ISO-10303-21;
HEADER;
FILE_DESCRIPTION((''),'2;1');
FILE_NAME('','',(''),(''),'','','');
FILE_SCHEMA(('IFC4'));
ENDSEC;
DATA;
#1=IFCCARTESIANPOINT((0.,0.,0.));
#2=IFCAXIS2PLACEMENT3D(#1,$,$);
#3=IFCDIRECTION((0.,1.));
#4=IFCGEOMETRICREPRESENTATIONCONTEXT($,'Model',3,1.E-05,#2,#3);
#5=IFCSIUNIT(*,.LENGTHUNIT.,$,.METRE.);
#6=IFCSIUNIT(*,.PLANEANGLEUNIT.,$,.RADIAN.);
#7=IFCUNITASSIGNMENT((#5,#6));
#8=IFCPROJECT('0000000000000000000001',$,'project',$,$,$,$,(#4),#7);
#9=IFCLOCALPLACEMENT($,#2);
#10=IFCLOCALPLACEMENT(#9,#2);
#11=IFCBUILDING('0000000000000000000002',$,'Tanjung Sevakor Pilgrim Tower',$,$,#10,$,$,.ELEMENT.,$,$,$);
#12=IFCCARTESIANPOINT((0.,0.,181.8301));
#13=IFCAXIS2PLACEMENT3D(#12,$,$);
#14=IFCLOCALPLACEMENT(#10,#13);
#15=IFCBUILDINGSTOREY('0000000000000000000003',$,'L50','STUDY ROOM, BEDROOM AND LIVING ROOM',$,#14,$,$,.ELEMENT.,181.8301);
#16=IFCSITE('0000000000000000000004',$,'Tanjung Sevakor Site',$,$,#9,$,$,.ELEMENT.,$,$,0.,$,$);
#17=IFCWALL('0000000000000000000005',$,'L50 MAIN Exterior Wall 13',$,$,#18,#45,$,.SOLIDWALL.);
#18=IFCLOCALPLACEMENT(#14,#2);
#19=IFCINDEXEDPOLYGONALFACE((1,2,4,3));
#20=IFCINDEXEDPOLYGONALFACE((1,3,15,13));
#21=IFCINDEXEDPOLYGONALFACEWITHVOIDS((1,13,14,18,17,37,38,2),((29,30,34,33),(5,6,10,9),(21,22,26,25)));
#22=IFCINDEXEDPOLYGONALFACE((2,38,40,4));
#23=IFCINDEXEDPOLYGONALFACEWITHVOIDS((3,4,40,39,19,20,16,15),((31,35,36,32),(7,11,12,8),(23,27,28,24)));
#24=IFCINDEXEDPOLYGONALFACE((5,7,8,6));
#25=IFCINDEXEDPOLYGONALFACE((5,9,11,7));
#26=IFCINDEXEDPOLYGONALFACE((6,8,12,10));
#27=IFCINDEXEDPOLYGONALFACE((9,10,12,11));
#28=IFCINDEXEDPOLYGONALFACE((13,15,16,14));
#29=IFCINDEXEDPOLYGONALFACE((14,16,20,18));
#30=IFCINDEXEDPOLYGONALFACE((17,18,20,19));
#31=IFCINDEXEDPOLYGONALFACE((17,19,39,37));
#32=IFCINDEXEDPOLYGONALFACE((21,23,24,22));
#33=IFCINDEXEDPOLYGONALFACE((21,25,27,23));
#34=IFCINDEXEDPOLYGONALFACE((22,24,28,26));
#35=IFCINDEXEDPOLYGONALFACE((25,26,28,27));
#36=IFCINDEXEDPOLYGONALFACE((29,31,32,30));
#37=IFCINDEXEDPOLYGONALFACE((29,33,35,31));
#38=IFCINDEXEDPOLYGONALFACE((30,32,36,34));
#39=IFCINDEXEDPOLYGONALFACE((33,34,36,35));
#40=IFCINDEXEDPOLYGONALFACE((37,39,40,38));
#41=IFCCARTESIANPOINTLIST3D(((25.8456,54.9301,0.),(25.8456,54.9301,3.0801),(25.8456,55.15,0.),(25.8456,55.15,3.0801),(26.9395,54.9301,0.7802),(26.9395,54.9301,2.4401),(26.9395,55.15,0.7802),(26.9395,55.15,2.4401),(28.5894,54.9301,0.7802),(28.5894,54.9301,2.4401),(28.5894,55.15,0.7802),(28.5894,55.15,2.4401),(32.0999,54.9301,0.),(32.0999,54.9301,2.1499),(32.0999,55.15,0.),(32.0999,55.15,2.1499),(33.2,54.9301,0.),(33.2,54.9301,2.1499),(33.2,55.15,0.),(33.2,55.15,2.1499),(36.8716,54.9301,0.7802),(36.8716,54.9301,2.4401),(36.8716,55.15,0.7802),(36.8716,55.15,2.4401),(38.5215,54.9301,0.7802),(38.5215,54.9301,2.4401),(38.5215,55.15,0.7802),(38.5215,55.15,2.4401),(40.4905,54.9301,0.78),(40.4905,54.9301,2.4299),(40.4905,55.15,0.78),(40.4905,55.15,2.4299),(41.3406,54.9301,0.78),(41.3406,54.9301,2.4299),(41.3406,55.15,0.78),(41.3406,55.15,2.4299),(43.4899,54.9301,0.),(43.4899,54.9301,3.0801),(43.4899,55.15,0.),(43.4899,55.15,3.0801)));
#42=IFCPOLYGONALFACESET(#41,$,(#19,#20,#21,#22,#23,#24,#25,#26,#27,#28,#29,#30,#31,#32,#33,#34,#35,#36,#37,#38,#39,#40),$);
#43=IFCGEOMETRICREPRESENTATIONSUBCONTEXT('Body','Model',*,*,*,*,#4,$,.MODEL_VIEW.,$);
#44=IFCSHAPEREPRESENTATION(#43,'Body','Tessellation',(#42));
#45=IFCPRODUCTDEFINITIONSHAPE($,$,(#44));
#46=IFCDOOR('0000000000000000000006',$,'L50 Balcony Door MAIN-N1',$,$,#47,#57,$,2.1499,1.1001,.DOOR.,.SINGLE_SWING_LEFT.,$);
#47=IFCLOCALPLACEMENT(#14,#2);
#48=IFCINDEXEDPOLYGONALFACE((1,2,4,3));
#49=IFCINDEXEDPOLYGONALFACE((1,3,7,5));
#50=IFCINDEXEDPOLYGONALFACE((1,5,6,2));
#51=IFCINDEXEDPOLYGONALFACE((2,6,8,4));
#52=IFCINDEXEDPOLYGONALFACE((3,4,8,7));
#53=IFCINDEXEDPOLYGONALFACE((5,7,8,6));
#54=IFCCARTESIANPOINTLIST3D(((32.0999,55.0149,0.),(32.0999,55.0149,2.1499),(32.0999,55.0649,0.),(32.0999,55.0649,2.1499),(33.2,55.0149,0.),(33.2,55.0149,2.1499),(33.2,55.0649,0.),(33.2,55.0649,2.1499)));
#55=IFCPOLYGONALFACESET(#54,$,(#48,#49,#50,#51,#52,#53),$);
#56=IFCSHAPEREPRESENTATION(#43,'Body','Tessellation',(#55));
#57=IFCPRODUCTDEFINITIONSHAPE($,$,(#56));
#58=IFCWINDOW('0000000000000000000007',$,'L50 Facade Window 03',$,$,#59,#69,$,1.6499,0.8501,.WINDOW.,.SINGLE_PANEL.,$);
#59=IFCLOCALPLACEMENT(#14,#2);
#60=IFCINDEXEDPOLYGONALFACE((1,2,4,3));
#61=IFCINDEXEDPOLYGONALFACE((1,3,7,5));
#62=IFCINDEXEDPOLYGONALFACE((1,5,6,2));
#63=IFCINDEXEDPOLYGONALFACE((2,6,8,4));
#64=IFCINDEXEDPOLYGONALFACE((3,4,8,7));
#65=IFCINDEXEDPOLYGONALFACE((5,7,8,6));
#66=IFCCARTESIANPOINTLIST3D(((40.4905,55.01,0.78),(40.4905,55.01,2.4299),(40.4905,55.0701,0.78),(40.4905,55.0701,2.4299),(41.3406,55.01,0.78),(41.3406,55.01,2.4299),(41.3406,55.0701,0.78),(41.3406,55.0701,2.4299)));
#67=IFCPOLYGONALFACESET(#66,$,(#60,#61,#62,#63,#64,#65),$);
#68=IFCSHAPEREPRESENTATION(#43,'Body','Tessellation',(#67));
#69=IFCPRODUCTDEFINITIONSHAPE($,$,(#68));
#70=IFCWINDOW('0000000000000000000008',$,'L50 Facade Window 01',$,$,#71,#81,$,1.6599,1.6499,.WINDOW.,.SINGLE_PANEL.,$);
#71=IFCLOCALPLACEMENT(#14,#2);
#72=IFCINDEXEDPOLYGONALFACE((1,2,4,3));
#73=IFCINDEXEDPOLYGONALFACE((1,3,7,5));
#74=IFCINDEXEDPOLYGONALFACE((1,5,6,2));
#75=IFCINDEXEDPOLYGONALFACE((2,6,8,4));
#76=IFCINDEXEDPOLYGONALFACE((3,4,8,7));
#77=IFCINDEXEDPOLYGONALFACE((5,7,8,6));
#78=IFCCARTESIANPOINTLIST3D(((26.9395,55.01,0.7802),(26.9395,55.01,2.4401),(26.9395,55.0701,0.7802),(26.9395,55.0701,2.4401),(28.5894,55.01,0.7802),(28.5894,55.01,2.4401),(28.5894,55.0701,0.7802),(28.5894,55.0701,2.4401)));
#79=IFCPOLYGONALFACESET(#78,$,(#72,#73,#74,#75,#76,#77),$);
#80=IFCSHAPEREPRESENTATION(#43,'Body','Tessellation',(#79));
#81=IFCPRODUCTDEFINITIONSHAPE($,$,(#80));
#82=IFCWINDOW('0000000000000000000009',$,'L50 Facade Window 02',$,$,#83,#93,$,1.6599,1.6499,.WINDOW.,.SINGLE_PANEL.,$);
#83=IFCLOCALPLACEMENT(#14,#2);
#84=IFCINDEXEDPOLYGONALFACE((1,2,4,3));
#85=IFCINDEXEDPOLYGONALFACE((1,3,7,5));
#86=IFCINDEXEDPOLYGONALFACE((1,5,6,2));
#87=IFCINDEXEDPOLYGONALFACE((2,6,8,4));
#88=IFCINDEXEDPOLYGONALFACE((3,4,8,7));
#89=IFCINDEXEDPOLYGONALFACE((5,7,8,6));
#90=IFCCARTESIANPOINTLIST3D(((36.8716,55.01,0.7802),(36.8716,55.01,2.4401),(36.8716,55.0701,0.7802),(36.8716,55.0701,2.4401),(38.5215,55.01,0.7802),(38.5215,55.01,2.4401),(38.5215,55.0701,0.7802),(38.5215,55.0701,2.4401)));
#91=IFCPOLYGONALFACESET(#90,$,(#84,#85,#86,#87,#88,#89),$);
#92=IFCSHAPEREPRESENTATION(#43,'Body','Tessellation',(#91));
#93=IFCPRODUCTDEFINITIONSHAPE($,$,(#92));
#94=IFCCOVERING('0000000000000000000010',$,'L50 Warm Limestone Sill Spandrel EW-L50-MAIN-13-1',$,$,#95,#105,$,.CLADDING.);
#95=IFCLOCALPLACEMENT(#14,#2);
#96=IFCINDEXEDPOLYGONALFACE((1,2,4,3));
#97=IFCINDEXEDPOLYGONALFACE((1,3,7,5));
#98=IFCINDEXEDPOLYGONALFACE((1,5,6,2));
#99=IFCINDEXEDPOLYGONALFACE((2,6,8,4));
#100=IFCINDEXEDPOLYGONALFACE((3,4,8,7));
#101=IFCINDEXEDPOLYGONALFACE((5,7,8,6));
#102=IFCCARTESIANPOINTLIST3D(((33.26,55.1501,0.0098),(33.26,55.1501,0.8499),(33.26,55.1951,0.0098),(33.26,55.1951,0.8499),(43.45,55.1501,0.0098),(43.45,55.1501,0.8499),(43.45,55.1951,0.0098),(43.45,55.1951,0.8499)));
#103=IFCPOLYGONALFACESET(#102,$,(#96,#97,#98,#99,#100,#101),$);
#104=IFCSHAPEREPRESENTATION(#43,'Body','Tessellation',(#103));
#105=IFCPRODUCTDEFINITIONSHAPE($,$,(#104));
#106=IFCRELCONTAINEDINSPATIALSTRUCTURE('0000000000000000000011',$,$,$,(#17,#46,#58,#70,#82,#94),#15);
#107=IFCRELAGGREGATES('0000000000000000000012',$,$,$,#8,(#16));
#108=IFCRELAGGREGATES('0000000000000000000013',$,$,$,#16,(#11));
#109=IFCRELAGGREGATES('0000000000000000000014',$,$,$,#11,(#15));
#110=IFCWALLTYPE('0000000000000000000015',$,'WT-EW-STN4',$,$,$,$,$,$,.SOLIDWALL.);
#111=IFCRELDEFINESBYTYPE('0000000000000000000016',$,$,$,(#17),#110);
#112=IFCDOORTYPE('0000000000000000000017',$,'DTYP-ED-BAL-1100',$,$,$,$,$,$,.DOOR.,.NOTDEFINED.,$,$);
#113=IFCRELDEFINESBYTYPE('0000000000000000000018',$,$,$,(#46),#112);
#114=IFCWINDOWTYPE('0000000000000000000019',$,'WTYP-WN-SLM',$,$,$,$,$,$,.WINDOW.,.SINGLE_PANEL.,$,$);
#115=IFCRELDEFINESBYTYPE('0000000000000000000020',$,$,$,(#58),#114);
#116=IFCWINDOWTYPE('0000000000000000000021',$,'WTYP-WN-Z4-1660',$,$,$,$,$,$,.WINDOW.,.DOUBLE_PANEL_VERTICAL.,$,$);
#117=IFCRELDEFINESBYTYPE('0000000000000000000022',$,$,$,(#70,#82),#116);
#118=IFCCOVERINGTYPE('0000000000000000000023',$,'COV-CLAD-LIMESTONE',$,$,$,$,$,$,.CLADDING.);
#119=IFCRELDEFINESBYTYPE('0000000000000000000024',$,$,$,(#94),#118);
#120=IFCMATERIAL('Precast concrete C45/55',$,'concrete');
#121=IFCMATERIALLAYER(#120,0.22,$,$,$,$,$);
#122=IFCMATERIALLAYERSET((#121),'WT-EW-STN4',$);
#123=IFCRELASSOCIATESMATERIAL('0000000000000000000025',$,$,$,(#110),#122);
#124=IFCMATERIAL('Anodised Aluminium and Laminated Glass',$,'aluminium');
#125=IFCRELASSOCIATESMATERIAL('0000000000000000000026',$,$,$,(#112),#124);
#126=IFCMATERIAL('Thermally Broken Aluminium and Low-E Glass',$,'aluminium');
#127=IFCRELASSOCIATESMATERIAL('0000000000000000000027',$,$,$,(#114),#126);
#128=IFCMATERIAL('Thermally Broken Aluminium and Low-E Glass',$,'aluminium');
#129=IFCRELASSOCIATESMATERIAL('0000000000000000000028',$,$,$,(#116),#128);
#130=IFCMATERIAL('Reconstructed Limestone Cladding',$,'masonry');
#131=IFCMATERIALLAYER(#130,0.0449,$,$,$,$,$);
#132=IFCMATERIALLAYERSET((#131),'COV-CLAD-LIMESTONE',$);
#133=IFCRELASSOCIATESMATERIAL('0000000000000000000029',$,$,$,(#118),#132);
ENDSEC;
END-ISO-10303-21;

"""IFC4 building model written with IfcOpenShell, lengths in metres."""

from ifc_helpers import new_model, si_unit, direction, frame, frame_2d, origin, origin_2d, place, context, subcontext, project, spatial, rectangle, extrude, material, layer, layer_set, type_object, element, fill, save


model = new_model("IFC4")

# Units and contexts
model_context = context("Model", 3, precision=1e-05, world=origin(), true_north=direction((0.0, 1.0)))
body_context = subcontext(model_context, "Body", "Model", "MODEL_VIEW")
ifc_project = project(units=[si_unit("LENGTHUNIT", "METRE"), si_unit("PLANEANGLEUNIT", "RADIAN")], contexts=[model_context])

# Site, building, storey
site_placement = place(None, origin())
site = spatial("IfcSite", under=ifc_project, at=site_placement, Name="Tanjung Sevakor Site", CompositionType="ELEMENT", RefElevation=0.0)
building_placement = place(site_placement, origin())
building = spatial("IfcBuilding", under=site, at=building_placement, Name="Tanjung Sevakor Pilgrim Tower", CompositionType="ELEMENT")
storey_placement = place(building_placement, frame((0.0, 0.0, 181.8301)))
storey = spatial("IfcBuildingStorey", under=building, at=storey_placement, Name="L50", Description="STUDY ROOM, BEDROOM AND LIVING ROOM", CompositionType="ELEMENT", Elevation=181.8301)

# Shared definitions
ifc_material_1 = material(Name="Precast concrete C45/55", Category="concrete")
ifc_layer_1 = layer(ifc_material_1, 0.22)
ifc_layer_set_1 = layer_set([ifc_layer_1], Name="WT-EW-STN4")
wall_type_1 = type_object("IfcWallType", Name="WT-EW-STN4", PredefinedType="SOLIDWALL", material=ifc_layer_set_1)

# Wall, openings, door, windows
wall_1_placement = place(storey_placement, frame((43.49, 55.04, 0.0), z_axis=(0.0, 0.0, 1.0), x_axis=(-1.0, 0.0, 0.0)))
wall_1 = element("IfcWall", 1, at=wall_1_placement, inside=storey, type_object=wall_type_1, Name="L50 MAIN Exterior Wall 13", PredefinedType="SOLIDWALL", context=body_context, shape_type="SweptSolid", body=[
    extrude(rectangle(XDim=17.6443, YDim=0.22, at=frame_2d((8.8223, 0.0))), origin(), (0.0, 0.0, 1.0), 3.0801),
])
opening_1_placement = place(wall_1_placement, frame((10.29, 0.0, 0.0)))
opening_1 = element("IfcOpeningElement", 2, at=opening_1_placement, cuts=wall_1, PredefinedType="OPENING", context=body_context, shape_type="SweptSolid", body=[
    extrude(rectangle(XDim=1.1001, YDim=2.1499, at=frame_2d((0.55, 1.075))), frame((0.0, 0.1199, 0.0), z_axis=(0.0, -1.0, 0.0), x_axis=(1.0, 0.0, 0.0)), (0.0, 0.0, 1.0), 0.24),
])
opening_2_placement = place(wall_1_placement, frame((14.9006, 0.0, 0.78)))
opening_2 = element("IfcOpeningElement", 3, at=opening_2_placement, cuts=wall_1, PredefinedType="OPENING", context=body_context, shape_type="SweptSolid", body=[
    extrude(rectangle(XDim=1.6499, YDim=1.6599, at=frame_2d((0.825, 0.8301))), frame((0.0, 0.1199, 0.0), z_axis=(0.0, -1.0, 0.0), x_axis=(1.0, 0.0, 0.0)), (0.0, 0.0, 1.0), 0.24),
])
opening_3_placement = place(wall_1_placement, frame((4.9685, 0.0, 0.78)))
opening_3 = element("IfcOpeningElement", 4, at=opening_3_placement, cuts=wall_1, PredefinedType="OPENING", context=body_context, shape_type="SweptSolid", body=[
    extrude(rectangle(XDim=1.6499, YDim=1.6599, at=frame_2d((0.825, 0.8301))), frame((0.0, 0.1199, 0.0), z_axis=(0.0, -1.0, 0.0), x_axis=(1.0, 0.0, 0.0)), (0.0, 0.0, 1.0), 0.24),
])
opening_4_placement = place(wall_1_placement, frame((2.1494, 0.0, 0.78)))
opening_4 = element("IfcOpeningElement", 5, at=opening_4_placement, cuts=wall_1, PredefinedType="OPENING", context=body_context, shape_type="SweptSolid", body=[
    extrude(rectangle(XDim=0.8501, YDim=1.6499, at=frame_2d((0.425, 0.825))), frame((0.0, 0.1199, 0.0), z_axis=(0.0, -1.0, 0.0), x_axis=(1.0, 0.0, 0.0)), (0.0, 0.0, 1.0), 0.24),
])
ifc_material_2 = material(Name="Anodised Aluminium and Laminated Glass", Category="aluminium")
door_type_1 = type_object("IfcDoorType", Name="DTYP-ED-BAL-1100", OperationType="NOTDEFINED", PredefinedType="DOOR", material=ifc_material_2)
door_1_placement = place(opening_1_placement, frame((1.1001, 0.0, 0.0), z_axis=(0.0, 0.0, 1.0), x_axis=(-1.0, 0.0, 0.0)))
door_1 = element("IfcDoor", 6, at=door_1_placement, inside=storey, type_object=door_type_1, Name="L50 Balcony Door MAIN-N1", OperationType="SINGLE_SWING_LEFT", OverallHeight=2.1499, OverallWidth=1.1001, PredefinedType="DOOR", context=body_context, shape_type="SweptSolid", body=[
    extrude(rectangle(XDim=1.1001, YDim=2.1499, at=frame_2d((0.55, 1.075))), frame((0.0, 0.0249, 0.0), z_axis=(0.0, -1.0, 0.0), x_axis=(1.0, 0.0, 0.0)), (0.0, 0.0, 1.0), 0.05),
])
fill(opening_1, door_1)
ifc_material_3 = material(Name="Thermally Broken Aluminium and Low-E Glass", Category="aluminium")
window_type_1 = type_object("IfcWindowType", Name="WTYP-WN-SLM", PartitioningType="SINGLE_PANEL", PredefinedType="WINDOW", material=ifc_material_3)
window_1_placement = place(opening_4_placement, origin())
window_1 = element("IfcWindow", 7, at=window_1_placement, inside=storey, type_object=window_type_1, Name="L50 Facade Window 03", OverallHeight=1.6499, OverallWidth=0.8501, PartitioningType="SINGLE_PANEL", PredefinedType="WINDOW", context=body_context, shape_type="SweptSolid", body=[
    extrude(rectangle(XDim=0.8501, YDim=1.6499, at=frame_2d((0.425, 0.825))), frame((0.0, 0.03, 0.0), z_axis=(0.0, -1.0, 0.0), x_axis=(1.0, 0.0, 0.0)), (0.0, 0.0, 1.0), 0.0601),
])
fill(opening_4, window_1)
ifc_material_4 = material(Name="Thermally Broken Aluminium and Low-E Glass", Category="aluminium")
window_type_2 = type_object("IfcWindowType", Name="WTYP-WN-Z4-1660", PartitioningType="DOUBLE_PANEL_VERTICAL", PredefinedType="WINDOW", material=ifc_material_4)
window_2_placement = place(opening_2_placement, origin())
window_2 = element("IfcWindow", 8, at=window_2_placement, inside=storey, type_object=window_type_2, Name="L50 Facade Window 01", OverallHeight=1.6599, OverallWidth=1.6499, PartitioningType="SINGLE_PANEL", PredefinedType="WINDOW", context=body_context, shape_type="SweptSolid", body=[
    extrude(rectangle(XDim=1.6499, YDim=1.6599, at=frame_2d((0.825, 0.8301))), frame((0.0, 0.03, 0.0), z_axis=(0.0, -1.0, 0.0), x_axis=(1.0, 0.0, 0.0)), (0.0, 0.0, 1.0), 0.0601),
])
fill(opening_2, window_2)
window_3_placement = place(opening_3_placement, origin())
window_3 = element("IfcWindow", 9, at=window_3_placement, inside=storey, type_object=window_type_2, Name="L50 Facade Window 02", OverallHeight=1.6599, OverallWidth=1.6499, PartitioningType="SINGLE_PANEL", PredefinedType="WINDOW", context=body_context, shape_type="SweptSolid", body=[
    extrude(rectangle(XDim=1.6499, YDim=1.6599, at=frame_2d((0.825, 0.8301))), frame((0.0, 0.03, 0.0), z_axis=(0.0, -1.0, 0.0), x_axis=(1.0, 0.0, 0.0)), (0.0, 0.0, 1.0), 0.0601),
])
fill(opening_3, window_3)

# Covering
ifc_material_5 = material(Name="Reconstructed Limestone Cladding", Category="masonry")
ifc_layer_2 = layer(ifc_material_5, 0.0449)
ifc_layer_set_2 = layer_set([ifc_layer_2], Name="COV-CLAD-LIMESTONE")
covering_type = type_object("IfcCoveringType", Name="COV-CLAD-LIMESTONE", PredefinedType="CLADDING", material=ifc_layer_set_2)
covering_placement = place(storey_placement, frame((38.355, 55.1726, 0.0098), z_axis=(0.0, 0.0, 1.0), x_axis=(-1.0, 0.0, 0.0)))
element("IfcCovering", 10, at=covering_placement, inside=storey, type_object=covering_type, Name="L50 Warm Limestone Sill Spandrel EW-L50-MAIN-13-1", PredefinedType="CLADDING", context=body_context, shape_type="SweptSolid", body=[
    extrude(rectangle(XDim=10.1899, YDim=0.0449, at=origin_2d()), origin(), (0.0, 0.0, 1.0), 0.8401),
])

save(model, "model.ifc")
